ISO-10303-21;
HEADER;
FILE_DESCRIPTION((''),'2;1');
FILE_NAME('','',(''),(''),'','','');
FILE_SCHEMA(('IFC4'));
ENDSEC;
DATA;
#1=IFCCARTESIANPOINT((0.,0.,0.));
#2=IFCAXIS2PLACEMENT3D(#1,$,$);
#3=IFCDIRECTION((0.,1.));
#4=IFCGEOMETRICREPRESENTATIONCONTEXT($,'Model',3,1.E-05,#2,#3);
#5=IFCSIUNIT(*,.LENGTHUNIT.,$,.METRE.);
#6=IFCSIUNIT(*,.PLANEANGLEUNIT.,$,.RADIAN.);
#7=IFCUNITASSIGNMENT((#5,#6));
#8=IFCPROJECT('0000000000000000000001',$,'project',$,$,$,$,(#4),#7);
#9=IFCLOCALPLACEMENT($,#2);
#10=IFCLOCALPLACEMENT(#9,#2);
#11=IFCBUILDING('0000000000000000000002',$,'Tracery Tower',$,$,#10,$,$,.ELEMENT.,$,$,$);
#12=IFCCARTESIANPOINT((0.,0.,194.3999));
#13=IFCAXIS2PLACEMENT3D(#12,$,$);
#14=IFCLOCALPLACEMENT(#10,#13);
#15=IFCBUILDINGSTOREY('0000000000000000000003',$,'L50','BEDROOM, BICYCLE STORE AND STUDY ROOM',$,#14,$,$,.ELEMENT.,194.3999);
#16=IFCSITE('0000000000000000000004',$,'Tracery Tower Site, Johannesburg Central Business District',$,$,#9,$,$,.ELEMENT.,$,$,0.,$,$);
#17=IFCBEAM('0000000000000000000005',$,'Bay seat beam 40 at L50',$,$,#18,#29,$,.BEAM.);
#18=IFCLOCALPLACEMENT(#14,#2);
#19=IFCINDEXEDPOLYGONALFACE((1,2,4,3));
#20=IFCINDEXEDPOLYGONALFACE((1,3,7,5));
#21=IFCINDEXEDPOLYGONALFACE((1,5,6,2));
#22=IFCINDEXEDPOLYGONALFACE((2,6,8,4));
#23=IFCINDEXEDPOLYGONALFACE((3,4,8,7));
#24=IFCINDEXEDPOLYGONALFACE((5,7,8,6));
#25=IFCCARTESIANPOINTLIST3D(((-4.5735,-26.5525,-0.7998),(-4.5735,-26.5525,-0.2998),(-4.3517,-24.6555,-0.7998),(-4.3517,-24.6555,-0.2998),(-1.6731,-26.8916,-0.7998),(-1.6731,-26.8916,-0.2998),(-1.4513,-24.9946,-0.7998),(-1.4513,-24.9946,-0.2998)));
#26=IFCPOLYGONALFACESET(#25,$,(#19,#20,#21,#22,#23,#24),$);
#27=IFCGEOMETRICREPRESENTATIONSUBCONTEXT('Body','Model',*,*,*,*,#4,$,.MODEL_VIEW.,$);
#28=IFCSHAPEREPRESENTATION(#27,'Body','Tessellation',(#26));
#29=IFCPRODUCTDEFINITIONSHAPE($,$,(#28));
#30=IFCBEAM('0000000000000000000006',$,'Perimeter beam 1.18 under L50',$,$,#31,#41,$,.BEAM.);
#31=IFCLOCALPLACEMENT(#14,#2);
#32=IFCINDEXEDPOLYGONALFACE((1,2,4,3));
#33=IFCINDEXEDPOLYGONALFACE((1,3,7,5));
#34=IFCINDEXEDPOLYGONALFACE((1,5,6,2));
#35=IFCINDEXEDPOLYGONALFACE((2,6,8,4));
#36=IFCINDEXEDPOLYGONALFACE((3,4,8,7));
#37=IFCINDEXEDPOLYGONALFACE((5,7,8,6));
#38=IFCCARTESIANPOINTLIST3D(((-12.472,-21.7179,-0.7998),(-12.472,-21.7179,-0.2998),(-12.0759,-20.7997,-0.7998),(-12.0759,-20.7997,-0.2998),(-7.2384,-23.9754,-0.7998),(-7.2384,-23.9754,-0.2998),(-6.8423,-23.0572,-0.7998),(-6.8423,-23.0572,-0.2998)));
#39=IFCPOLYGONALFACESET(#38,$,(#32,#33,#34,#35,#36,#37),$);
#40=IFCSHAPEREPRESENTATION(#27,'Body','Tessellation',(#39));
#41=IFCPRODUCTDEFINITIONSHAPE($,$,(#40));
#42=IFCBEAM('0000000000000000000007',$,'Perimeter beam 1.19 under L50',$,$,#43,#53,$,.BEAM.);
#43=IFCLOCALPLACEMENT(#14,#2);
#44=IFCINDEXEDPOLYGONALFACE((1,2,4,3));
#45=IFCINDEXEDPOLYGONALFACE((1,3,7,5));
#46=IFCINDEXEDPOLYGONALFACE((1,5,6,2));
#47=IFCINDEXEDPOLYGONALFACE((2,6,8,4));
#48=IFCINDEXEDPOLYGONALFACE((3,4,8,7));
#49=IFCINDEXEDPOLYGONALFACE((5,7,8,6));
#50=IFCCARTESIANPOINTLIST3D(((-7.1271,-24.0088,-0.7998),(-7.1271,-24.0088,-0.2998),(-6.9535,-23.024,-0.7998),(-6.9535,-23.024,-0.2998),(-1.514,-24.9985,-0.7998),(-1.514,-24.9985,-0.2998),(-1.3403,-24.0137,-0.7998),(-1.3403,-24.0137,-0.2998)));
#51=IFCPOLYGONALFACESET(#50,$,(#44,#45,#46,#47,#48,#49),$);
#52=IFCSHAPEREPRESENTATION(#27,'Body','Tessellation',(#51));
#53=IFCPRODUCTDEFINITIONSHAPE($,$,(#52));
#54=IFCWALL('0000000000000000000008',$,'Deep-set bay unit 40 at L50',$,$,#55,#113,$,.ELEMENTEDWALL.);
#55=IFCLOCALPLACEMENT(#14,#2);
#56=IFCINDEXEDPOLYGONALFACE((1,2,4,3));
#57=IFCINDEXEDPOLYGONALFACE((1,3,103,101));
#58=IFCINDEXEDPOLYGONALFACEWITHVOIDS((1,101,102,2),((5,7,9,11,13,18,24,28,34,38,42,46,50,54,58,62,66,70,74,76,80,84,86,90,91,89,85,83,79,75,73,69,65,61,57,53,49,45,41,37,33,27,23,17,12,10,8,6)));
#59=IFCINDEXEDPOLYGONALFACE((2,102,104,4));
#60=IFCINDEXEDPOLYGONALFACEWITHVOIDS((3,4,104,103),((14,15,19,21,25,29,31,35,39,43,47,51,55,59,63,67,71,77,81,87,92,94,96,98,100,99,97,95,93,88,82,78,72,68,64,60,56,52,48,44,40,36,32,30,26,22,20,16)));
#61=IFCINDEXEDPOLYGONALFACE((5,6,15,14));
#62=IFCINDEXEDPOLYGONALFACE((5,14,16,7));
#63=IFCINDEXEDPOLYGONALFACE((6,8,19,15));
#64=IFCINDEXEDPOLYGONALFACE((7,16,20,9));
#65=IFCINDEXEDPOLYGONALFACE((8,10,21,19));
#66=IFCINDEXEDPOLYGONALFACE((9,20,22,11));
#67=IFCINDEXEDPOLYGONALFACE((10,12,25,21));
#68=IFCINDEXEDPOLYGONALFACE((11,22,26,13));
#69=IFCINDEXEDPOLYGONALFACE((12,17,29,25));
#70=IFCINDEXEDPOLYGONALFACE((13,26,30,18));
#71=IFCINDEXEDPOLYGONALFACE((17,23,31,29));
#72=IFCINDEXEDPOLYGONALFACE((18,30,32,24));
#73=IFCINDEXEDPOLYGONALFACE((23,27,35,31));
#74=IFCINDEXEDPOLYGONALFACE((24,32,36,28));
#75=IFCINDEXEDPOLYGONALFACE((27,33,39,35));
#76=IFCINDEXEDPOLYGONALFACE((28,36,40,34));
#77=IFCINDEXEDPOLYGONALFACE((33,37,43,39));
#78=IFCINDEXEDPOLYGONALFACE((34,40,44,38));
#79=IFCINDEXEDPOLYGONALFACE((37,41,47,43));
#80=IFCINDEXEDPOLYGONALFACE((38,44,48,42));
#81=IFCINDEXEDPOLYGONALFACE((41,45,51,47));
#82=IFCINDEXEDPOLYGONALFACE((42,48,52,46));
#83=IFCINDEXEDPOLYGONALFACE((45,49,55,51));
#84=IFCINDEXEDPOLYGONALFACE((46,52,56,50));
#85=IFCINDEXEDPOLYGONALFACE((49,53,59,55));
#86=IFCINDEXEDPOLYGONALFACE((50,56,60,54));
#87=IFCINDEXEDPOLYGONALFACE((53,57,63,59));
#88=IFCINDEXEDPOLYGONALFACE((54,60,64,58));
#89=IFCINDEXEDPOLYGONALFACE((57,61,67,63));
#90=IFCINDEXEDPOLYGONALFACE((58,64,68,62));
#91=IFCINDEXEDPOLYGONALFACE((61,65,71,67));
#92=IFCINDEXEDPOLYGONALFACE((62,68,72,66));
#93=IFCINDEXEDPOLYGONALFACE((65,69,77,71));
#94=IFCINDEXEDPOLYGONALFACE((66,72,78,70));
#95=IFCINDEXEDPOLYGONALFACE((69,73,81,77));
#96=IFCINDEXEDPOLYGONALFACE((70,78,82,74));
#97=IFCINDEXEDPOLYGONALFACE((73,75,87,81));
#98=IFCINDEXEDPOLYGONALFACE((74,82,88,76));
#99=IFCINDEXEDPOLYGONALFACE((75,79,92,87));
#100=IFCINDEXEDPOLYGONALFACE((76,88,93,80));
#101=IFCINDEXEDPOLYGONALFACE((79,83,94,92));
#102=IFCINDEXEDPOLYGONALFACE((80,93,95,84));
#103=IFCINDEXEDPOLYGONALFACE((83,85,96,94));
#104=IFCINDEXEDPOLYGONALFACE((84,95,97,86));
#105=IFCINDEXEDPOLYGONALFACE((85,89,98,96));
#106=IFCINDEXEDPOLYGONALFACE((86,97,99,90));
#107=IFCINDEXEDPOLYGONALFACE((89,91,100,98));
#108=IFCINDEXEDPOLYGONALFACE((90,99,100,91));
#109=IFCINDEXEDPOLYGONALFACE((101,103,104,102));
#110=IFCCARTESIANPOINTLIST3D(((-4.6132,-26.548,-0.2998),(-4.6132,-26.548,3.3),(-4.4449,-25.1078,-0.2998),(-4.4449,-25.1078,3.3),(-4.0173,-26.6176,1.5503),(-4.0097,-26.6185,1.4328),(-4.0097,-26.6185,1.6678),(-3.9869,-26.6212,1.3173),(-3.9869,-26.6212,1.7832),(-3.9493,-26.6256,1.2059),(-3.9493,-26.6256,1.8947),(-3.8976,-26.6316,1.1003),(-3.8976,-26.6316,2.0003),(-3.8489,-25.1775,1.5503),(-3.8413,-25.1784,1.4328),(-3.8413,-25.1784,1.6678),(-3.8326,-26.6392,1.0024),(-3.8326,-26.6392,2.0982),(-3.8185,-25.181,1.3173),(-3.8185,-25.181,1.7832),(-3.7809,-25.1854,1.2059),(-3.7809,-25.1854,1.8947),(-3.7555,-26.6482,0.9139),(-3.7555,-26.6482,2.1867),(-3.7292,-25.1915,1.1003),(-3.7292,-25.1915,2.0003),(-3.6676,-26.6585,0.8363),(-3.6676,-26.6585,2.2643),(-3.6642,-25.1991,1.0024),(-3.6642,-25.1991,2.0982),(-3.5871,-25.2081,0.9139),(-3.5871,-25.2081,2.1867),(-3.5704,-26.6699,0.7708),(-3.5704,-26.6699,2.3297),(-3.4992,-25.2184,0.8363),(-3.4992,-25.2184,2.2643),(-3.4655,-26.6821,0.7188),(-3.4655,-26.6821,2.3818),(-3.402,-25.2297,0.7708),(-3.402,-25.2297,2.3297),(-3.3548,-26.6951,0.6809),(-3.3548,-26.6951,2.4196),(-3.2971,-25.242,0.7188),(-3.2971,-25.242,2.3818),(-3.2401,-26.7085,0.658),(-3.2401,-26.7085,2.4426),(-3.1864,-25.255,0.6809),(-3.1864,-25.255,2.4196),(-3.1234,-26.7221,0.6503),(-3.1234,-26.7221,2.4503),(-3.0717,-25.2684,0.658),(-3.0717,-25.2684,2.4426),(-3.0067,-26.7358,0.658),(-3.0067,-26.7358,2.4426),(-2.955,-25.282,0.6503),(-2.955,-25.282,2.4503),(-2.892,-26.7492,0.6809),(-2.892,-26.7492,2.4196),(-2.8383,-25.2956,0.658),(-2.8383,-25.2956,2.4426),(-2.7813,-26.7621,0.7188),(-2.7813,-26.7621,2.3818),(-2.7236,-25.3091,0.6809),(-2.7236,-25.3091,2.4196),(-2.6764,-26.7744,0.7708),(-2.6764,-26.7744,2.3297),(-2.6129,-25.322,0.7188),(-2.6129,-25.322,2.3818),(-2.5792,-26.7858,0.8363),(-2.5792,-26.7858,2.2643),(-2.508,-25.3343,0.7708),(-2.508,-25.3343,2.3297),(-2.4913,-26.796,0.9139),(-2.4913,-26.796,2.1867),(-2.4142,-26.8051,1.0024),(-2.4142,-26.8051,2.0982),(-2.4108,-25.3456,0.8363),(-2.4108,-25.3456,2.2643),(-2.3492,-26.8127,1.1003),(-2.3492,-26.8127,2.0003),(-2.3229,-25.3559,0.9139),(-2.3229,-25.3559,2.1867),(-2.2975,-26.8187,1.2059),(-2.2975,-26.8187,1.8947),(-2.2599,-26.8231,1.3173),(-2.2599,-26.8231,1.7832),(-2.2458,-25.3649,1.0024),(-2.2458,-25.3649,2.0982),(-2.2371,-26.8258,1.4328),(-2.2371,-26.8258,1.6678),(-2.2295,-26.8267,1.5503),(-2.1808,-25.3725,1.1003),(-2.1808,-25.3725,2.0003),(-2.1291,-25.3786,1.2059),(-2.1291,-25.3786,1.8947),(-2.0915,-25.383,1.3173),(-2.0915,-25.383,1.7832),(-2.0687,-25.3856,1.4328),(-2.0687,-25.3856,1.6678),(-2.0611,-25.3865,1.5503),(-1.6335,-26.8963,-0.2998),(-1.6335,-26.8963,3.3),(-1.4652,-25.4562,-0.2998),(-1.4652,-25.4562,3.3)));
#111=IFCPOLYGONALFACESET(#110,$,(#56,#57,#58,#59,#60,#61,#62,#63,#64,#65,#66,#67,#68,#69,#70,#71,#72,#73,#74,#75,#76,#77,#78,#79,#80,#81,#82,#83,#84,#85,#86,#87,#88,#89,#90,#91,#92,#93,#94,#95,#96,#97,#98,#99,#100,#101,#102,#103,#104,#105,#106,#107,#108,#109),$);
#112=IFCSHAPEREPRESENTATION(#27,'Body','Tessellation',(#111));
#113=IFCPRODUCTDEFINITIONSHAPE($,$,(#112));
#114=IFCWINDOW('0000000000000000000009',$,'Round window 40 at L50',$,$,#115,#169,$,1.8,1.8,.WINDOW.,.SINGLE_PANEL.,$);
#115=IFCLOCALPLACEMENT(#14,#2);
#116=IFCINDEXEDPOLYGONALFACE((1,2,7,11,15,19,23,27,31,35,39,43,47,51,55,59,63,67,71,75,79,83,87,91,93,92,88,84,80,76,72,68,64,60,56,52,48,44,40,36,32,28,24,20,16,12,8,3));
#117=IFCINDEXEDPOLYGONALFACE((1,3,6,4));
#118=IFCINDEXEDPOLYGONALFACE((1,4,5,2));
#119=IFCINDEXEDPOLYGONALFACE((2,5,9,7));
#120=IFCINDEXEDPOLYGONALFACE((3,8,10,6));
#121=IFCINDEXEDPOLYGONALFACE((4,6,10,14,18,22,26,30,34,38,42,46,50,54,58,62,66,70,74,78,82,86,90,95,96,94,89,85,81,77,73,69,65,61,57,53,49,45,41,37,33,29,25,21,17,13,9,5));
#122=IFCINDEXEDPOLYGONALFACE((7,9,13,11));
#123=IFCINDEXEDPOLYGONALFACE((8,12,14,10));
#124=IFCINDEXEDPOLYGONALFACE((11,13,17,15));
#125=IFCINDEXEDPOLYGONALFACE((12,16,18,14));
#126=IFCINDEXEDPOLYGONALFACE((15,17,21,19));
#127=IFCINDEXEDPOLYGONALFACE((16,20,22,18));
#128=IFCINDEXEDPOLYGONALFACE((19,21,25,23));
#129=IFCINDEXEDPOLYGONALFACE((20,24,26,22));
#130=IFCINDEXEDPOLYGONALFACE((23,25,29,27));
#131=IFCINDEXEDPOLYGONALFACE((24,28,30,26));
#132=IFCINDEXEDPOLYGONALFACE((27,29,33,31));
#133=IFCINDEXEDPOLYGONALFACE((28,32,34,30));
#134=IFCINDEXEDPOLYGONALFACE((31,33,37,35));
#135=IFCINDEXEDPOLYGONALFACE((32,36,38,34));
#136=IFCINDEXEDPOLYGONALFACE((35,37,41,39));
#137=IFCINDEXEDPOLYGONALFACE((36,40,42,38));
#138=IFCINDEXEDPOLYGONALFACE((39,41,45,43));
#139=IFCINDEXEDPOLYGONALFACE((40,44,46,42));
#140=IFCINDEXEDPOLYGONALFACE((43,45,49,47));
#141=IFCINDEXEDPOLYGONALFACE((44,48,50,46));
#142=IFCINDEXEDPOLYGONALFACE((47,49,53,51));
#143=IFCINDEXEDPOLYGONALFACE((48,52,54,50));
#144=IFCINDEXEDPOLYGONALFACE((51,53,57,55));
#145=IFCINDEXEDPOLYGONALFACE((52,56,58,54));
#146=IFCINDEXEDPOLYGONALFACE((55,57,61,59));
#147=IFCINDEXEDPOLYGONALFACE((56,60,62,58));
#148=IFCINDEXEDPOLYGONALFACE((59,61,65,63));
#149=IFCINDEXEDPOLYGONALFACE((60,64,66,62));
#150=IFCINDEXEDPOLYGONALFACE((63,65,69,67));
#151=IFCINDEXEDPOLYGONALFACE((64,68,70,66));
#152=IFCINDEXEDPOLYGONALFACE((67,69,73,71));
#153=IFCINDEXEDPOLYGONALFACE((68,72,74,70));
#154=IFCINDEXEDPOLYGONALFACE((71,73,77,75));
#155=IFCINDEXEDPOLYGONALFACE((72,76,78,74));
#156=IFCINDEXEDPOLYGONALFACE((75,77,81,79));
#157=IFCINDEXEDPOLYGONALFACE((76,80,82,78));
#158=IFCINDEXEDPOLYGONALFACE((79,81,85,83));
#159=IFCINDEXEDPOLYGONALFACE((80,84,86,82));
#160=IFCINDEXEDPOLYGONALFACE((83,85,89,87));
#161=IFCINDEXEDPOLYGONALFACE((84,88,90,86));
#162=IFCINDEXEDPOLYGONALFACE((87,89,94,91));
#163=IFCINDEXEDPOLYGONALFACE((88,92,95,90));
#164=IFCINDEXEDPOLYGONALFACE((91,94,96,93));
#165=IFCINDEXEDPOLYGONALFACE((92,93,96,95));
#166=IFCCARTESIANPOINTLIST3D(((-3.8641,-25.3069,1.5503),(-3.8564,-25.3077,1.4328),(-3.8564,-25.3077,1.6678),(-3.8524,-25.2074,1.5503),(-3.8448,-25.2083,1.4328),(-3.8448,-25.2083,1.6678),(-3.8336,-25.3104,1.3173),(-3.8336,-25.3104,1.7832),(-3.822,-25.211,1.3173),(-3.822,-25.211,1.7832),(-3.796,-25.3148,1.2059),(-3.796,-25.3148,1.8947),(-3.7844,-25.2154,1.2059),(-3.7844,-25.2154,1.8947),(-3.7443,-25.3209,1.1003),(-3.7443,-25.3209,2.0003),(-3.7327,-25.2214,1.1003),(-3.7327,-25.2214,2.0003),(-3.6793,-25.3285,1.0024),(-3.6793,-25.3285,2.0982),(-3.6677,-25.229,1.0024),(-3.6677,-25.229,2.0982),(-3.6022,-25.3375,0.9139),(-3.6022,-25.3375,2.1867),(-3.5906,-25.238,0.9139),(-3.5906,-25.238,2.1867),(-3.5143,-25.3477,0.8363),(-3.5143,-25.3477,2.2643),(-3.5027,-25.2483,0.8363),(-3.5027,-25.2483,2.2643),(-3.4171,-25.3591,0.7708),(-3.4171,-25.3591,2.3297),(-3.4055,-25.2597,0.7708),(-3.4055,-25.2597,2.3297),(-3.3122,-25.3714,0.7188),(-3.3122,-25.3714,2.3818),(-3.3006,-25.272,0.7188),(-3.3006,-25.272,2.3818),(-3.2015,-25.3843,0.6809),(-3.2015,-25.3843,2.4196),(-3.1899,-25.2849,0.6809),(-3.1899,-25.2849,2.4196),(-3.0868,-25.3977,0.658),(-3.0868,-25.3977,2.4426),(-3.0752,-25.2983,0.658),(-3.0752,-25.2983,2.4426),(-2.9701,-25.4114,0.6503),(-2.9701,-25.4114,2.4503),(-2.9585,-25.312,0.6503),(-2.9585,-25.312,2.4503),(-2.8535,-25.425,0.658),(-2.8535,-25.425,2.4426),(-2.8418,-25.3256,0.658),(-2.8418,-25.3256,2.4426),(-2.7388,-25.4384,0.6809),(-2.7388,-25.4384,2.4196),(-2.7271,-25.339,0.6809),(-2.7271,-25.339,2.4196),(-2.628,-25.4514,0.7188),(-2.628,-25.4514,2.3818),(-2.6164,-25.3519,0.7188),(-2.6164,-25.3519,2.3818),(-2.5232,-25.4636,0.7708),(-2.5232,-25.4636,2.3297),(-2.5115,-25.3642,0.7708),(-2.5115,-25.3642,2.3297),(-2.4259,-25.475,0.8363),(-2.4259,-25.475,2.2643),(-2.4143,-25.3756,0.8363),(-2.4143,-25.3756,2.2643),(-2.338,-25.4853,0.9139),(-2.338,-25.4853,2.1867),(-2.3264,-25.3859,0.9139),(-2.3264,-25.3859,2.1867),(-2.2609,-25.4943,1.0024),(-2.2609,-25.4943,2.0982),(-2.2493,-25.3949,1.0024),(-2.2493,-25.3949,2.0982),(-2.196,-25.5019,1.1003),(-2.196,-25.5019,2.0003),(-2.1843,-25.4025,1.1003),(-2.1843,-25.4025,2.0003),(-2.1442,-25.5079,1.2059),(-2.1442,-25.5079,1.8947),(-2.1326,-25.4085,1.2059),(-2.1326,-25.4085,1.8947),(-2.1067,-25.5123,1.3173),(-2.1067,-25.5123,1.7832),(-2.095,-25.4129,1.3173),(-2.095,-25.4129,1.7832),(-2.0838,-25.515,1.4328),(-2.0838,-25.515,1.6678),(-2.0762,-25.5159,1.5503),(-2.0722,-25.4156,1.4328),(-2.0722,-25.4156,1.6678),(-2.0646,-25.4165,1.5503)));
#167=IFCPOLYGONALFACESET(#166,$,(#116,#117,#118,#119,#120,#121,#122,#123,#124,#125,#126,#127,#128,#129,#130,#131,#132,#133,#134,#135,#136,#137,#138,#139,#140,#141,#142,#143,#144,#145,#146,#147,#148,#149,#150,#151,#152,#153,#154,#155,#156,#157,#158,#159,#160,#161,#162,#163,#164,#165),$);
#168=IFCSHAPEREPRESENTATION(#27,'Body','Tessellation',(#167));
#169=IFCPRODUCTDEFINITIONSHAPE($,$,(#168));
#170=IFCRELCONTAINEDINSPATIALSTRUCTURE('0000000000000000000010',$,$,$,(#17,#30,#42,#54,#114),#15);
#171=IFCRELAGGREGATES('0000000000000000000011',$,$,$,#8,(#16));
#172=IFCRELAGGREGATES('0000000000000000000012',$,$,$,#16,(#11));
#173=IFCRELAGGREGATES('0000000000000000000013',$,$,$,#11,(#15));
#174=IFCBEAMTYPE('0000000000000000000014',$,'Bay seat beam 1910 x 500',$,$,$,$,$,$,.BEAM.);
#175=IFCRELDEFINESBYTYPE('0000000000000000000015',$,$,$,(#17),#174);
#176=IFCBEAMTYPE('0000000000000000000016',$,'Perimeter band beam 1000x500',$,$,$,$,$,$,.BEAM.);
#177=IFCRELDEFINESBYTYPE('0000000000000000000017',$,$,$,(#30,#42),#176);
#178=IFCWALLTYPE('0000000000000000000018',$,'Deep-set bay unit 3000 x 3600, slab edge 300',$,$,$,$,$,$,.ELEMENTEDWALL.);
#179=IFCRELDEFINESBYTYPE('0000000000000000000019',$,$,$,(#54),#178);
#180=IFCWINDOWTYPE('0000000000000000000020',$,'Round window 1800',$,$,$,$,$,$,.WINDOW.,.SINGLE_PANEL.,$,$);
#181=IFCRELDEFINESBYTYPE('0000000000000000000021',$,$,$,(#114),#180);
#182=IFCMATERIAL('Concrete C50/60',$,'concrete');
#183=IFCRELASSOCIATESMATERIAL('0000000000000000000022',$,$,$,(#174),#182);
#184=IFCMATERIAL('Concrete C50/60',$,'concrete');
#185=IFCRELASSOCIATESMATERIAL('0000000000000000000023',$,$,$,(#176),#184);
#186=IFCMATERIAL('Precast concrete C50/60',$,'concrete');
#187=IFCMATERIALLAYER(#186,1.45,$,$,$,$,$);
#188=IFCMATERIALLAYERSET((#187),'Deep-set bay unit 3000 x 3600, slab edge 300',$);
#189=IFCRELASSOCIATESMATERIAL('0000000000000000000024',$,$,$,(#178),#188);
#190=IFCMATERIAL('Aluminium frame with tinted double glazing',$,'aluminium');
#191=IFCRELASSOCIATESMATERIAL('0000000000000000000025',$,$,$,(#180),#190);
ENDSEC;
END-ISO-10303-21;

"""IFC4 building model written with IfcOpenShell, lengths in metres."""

from ifc_helpers import new_model, si_unit, direction, frame, frame_2d, origin, origin_2d, place, context, subcontext, project, spatial, rectangle, circle, extrude, material, layer, layer_set, material_profile, profile_set, type_object, element, fill, save


model = new_model("IFC4")

# Units and contexts
model_context = context("Model", 3, precision=1e-05, world=origin(), true_north=direction((0.0, 1.0)))
body_context = subcontext(model_context, "Body", "Model", "MODEL_VIEW")
ifc_project = project(units=[si_unit("LENGTHUNIT", "METRE"), si_unit("PLANEANGLEUNIT", "RADIAN")], contexts=[model_context])

# Site, building, storey
site_placement = place(None, origin())
site = spatial("IfcSite", under=ifc_project, at=site_placement, Name="Tracery Tower Site, Johannesburg Central Business District", CompositionType="ELEMENT", RefElevation=0.0)
building_placement = place(site_placement, origin())
building = spatial("IfcBuilding", under=site, at=building_placement, Name="Tracery Tower", CompositionType="ELEMENT")
storey_placement = place(building_placement, frame((0.0, 0.0, 194.3999)))
storey = spatial("IfcBuildingStorey", under=building, at=storey_placement, Name="L50", Description="BEDROOM, BICYCLE STORE AND STUDY ROOM", CompositionType="ELEMENT", Elevation=194.3999)

# Beams
ifc_material_1 = material(Name="Concrete C50/60", Category="concrete")
ifc_material_profile_1 = material_profile(ifc_material_1, rectangle(XDim=1.9099, YDim=0.5, at=origin_2d()), Name="RC 1910x500")
ifc_profile_set_1 = profile_set([ifc_material_profile_1], Name="Concrete C50/60")
beam_type_1 = type_object("IfcBeamType", Name="Bay seat beam 1910 x 500", PredefinedType="BEAM", material=ifc_profile_set_1)
beam_placement = place(storey_placement, frame((-4.4626, -25.604, -0.5498), z_axis=(0.993234, -0.116128, 0.0), x_axis=(0.116128, 0.993234, 0.0)))
element("IfcBeam", 1, at=beam_placement, inside=storey, type_object=beam_type_1, Name="Bay seat beam 40 at L50", PredefinedType="BEAM", context=body_context, shape_type="SweptSolid", body=[
    extrude(rectangle(XDim=1.9099, YDim=0.5, at=origin_2d()), origin(), (0.0, 0.0, 1.0), 2.9202),
])
ifc_material_2 = material(Name="Concrete C50/60", Category="concrete")
ifc_material_profile_2 = material_profile(ifc_material_2, rectangle(XDim=1.0, YDim=0.5, at=origin_2d()), Name="RC 1000x500")
ifc_profile_set_2 = profile_set([ifc_material_profile_2], Name="Concrete C50/60")
beam_type_2 = type_object("IfcBeamType", Name="Perimeter band beam 1000x500", PredefinedType="BEAM", material=ifc_profile_set_2)
for number, where, z_axis, x_axis, name in (
    (2, (-12.2739, -21.2588, -0.5498), (0.918216, -0.396079, 0.0), (0.396079, 0.918216, 0.0), "Perimeter beam 1.18 under L50"),
    (3, (-7.0403, -23.5164, -0.5498), (0.984807, -0.173651, 0.0), (0.173651, 0.984807, 0.0), "Perimeter beam 1.19 under L50"),
):
    element("IfcBeam", number, at=place(storey_placement, frame(where, z_axis=z_axis, x_axis=x_axis)), inside=storey, type_object=beam_type_2, Name=name, PredefinedType="BEAM", context=body_context, shape_type="SweptSolid", body=[
        extrude(rectangle(XDim=1.0, YDim=0.5, at=origin_2d()), origin(), (0.0, 0.0, 1.0), 5.6997),
    ])

# Wall, opening, window
ifc_material_3 = material(Name="Precast concrete C50/60", Category="concrete")
ifc_layer_1 = layer(ifc_material_3, 1.45)
ifc_layer_set_1 = layer_set([ifc_layer_1], Name="Deep-set bay unit 3000 x 3600, slab edge 300")
wall_type_1 = type_object("IfcWallType", Name="Deep-set bay unit 3000 x 3600, slab edge 300", PredefinedType="ELEMENTEDWALL", material=ifc_layer_set_1)
wall_1_placement = place(storey_placement, frame((-4.5291, -25.8279, -0.2998), z_axis=(0.0, 0.0, 1.0), x_axis=(0.993234, -0.116128, 0.0)))
wall_1 = element("IfcWall", 4, at=wall_1_placement, inside=storey, type_object=wall_type_1, Name="Deep-set bay unit 40 at L50", PredefinedType="ELEMENTEDWALL", context=body_context, shape_type="SweptSolid", body=[
    extrude(rectangle(XDim=3.0, YDim=1.45, at=frame_2d((1.5, 0.0))), origin(), (0.0, 0.0, 1.0), 3.5999),
])
opening_1_placement = place(wall_1_placement, frame((1.5, 0.0, 1.8501)))
opening_1 = element("IfcOpeningElement", 5, at=opening_1_placement, cuts=wall_1, PredefinedType="OPENING", context=body_context, shape_type="SweptSolid", body=[
    extrude(circle(Radius=0.9, at=origin_2d()), frame((0.0, 0.7349, 0.0), z_axis=(0.0, -1.0, 0.0), x_axis=(1.0, 0.0, 0.0)), (0.0, 0.0, 1.0), 1.47),
])
ifc_material_4 = material(Name="Aluminium frame with tinted double glazing", Category="aluminium")
window_type = type_object("IfcWindowType", Name="Round window 1800", PartitioningType="SINGLE_PANEL", PredefinedType="WINDOW", material=ifc_material_4)
window_1_placement = place(opening_1_placement, origin())
window_1 = element("IfcWindow", 6, at=window_1_placement, inside=storey, type_object=window_type, Name="Round window 40 at L50", OverallHeight=1.8, OverallWidth=1.8, PartitioningType="SINGLE_PANEL", PredefinedType="WINDOW", context=body_context, shape_type="SweptSolid", body=[
    extrude(circle(Radius=0.9, at=origin_2d()), frame((0.0, 0.6948, 0.0), z_axis=(0.0, -1.0, 0.0), x_axis=(1.0, 0.0, 0.0)), (0.0, 0.0, 1.0), 0.1001),
])
fill(opening_1, window_1)

save(model, "model.ifc")
